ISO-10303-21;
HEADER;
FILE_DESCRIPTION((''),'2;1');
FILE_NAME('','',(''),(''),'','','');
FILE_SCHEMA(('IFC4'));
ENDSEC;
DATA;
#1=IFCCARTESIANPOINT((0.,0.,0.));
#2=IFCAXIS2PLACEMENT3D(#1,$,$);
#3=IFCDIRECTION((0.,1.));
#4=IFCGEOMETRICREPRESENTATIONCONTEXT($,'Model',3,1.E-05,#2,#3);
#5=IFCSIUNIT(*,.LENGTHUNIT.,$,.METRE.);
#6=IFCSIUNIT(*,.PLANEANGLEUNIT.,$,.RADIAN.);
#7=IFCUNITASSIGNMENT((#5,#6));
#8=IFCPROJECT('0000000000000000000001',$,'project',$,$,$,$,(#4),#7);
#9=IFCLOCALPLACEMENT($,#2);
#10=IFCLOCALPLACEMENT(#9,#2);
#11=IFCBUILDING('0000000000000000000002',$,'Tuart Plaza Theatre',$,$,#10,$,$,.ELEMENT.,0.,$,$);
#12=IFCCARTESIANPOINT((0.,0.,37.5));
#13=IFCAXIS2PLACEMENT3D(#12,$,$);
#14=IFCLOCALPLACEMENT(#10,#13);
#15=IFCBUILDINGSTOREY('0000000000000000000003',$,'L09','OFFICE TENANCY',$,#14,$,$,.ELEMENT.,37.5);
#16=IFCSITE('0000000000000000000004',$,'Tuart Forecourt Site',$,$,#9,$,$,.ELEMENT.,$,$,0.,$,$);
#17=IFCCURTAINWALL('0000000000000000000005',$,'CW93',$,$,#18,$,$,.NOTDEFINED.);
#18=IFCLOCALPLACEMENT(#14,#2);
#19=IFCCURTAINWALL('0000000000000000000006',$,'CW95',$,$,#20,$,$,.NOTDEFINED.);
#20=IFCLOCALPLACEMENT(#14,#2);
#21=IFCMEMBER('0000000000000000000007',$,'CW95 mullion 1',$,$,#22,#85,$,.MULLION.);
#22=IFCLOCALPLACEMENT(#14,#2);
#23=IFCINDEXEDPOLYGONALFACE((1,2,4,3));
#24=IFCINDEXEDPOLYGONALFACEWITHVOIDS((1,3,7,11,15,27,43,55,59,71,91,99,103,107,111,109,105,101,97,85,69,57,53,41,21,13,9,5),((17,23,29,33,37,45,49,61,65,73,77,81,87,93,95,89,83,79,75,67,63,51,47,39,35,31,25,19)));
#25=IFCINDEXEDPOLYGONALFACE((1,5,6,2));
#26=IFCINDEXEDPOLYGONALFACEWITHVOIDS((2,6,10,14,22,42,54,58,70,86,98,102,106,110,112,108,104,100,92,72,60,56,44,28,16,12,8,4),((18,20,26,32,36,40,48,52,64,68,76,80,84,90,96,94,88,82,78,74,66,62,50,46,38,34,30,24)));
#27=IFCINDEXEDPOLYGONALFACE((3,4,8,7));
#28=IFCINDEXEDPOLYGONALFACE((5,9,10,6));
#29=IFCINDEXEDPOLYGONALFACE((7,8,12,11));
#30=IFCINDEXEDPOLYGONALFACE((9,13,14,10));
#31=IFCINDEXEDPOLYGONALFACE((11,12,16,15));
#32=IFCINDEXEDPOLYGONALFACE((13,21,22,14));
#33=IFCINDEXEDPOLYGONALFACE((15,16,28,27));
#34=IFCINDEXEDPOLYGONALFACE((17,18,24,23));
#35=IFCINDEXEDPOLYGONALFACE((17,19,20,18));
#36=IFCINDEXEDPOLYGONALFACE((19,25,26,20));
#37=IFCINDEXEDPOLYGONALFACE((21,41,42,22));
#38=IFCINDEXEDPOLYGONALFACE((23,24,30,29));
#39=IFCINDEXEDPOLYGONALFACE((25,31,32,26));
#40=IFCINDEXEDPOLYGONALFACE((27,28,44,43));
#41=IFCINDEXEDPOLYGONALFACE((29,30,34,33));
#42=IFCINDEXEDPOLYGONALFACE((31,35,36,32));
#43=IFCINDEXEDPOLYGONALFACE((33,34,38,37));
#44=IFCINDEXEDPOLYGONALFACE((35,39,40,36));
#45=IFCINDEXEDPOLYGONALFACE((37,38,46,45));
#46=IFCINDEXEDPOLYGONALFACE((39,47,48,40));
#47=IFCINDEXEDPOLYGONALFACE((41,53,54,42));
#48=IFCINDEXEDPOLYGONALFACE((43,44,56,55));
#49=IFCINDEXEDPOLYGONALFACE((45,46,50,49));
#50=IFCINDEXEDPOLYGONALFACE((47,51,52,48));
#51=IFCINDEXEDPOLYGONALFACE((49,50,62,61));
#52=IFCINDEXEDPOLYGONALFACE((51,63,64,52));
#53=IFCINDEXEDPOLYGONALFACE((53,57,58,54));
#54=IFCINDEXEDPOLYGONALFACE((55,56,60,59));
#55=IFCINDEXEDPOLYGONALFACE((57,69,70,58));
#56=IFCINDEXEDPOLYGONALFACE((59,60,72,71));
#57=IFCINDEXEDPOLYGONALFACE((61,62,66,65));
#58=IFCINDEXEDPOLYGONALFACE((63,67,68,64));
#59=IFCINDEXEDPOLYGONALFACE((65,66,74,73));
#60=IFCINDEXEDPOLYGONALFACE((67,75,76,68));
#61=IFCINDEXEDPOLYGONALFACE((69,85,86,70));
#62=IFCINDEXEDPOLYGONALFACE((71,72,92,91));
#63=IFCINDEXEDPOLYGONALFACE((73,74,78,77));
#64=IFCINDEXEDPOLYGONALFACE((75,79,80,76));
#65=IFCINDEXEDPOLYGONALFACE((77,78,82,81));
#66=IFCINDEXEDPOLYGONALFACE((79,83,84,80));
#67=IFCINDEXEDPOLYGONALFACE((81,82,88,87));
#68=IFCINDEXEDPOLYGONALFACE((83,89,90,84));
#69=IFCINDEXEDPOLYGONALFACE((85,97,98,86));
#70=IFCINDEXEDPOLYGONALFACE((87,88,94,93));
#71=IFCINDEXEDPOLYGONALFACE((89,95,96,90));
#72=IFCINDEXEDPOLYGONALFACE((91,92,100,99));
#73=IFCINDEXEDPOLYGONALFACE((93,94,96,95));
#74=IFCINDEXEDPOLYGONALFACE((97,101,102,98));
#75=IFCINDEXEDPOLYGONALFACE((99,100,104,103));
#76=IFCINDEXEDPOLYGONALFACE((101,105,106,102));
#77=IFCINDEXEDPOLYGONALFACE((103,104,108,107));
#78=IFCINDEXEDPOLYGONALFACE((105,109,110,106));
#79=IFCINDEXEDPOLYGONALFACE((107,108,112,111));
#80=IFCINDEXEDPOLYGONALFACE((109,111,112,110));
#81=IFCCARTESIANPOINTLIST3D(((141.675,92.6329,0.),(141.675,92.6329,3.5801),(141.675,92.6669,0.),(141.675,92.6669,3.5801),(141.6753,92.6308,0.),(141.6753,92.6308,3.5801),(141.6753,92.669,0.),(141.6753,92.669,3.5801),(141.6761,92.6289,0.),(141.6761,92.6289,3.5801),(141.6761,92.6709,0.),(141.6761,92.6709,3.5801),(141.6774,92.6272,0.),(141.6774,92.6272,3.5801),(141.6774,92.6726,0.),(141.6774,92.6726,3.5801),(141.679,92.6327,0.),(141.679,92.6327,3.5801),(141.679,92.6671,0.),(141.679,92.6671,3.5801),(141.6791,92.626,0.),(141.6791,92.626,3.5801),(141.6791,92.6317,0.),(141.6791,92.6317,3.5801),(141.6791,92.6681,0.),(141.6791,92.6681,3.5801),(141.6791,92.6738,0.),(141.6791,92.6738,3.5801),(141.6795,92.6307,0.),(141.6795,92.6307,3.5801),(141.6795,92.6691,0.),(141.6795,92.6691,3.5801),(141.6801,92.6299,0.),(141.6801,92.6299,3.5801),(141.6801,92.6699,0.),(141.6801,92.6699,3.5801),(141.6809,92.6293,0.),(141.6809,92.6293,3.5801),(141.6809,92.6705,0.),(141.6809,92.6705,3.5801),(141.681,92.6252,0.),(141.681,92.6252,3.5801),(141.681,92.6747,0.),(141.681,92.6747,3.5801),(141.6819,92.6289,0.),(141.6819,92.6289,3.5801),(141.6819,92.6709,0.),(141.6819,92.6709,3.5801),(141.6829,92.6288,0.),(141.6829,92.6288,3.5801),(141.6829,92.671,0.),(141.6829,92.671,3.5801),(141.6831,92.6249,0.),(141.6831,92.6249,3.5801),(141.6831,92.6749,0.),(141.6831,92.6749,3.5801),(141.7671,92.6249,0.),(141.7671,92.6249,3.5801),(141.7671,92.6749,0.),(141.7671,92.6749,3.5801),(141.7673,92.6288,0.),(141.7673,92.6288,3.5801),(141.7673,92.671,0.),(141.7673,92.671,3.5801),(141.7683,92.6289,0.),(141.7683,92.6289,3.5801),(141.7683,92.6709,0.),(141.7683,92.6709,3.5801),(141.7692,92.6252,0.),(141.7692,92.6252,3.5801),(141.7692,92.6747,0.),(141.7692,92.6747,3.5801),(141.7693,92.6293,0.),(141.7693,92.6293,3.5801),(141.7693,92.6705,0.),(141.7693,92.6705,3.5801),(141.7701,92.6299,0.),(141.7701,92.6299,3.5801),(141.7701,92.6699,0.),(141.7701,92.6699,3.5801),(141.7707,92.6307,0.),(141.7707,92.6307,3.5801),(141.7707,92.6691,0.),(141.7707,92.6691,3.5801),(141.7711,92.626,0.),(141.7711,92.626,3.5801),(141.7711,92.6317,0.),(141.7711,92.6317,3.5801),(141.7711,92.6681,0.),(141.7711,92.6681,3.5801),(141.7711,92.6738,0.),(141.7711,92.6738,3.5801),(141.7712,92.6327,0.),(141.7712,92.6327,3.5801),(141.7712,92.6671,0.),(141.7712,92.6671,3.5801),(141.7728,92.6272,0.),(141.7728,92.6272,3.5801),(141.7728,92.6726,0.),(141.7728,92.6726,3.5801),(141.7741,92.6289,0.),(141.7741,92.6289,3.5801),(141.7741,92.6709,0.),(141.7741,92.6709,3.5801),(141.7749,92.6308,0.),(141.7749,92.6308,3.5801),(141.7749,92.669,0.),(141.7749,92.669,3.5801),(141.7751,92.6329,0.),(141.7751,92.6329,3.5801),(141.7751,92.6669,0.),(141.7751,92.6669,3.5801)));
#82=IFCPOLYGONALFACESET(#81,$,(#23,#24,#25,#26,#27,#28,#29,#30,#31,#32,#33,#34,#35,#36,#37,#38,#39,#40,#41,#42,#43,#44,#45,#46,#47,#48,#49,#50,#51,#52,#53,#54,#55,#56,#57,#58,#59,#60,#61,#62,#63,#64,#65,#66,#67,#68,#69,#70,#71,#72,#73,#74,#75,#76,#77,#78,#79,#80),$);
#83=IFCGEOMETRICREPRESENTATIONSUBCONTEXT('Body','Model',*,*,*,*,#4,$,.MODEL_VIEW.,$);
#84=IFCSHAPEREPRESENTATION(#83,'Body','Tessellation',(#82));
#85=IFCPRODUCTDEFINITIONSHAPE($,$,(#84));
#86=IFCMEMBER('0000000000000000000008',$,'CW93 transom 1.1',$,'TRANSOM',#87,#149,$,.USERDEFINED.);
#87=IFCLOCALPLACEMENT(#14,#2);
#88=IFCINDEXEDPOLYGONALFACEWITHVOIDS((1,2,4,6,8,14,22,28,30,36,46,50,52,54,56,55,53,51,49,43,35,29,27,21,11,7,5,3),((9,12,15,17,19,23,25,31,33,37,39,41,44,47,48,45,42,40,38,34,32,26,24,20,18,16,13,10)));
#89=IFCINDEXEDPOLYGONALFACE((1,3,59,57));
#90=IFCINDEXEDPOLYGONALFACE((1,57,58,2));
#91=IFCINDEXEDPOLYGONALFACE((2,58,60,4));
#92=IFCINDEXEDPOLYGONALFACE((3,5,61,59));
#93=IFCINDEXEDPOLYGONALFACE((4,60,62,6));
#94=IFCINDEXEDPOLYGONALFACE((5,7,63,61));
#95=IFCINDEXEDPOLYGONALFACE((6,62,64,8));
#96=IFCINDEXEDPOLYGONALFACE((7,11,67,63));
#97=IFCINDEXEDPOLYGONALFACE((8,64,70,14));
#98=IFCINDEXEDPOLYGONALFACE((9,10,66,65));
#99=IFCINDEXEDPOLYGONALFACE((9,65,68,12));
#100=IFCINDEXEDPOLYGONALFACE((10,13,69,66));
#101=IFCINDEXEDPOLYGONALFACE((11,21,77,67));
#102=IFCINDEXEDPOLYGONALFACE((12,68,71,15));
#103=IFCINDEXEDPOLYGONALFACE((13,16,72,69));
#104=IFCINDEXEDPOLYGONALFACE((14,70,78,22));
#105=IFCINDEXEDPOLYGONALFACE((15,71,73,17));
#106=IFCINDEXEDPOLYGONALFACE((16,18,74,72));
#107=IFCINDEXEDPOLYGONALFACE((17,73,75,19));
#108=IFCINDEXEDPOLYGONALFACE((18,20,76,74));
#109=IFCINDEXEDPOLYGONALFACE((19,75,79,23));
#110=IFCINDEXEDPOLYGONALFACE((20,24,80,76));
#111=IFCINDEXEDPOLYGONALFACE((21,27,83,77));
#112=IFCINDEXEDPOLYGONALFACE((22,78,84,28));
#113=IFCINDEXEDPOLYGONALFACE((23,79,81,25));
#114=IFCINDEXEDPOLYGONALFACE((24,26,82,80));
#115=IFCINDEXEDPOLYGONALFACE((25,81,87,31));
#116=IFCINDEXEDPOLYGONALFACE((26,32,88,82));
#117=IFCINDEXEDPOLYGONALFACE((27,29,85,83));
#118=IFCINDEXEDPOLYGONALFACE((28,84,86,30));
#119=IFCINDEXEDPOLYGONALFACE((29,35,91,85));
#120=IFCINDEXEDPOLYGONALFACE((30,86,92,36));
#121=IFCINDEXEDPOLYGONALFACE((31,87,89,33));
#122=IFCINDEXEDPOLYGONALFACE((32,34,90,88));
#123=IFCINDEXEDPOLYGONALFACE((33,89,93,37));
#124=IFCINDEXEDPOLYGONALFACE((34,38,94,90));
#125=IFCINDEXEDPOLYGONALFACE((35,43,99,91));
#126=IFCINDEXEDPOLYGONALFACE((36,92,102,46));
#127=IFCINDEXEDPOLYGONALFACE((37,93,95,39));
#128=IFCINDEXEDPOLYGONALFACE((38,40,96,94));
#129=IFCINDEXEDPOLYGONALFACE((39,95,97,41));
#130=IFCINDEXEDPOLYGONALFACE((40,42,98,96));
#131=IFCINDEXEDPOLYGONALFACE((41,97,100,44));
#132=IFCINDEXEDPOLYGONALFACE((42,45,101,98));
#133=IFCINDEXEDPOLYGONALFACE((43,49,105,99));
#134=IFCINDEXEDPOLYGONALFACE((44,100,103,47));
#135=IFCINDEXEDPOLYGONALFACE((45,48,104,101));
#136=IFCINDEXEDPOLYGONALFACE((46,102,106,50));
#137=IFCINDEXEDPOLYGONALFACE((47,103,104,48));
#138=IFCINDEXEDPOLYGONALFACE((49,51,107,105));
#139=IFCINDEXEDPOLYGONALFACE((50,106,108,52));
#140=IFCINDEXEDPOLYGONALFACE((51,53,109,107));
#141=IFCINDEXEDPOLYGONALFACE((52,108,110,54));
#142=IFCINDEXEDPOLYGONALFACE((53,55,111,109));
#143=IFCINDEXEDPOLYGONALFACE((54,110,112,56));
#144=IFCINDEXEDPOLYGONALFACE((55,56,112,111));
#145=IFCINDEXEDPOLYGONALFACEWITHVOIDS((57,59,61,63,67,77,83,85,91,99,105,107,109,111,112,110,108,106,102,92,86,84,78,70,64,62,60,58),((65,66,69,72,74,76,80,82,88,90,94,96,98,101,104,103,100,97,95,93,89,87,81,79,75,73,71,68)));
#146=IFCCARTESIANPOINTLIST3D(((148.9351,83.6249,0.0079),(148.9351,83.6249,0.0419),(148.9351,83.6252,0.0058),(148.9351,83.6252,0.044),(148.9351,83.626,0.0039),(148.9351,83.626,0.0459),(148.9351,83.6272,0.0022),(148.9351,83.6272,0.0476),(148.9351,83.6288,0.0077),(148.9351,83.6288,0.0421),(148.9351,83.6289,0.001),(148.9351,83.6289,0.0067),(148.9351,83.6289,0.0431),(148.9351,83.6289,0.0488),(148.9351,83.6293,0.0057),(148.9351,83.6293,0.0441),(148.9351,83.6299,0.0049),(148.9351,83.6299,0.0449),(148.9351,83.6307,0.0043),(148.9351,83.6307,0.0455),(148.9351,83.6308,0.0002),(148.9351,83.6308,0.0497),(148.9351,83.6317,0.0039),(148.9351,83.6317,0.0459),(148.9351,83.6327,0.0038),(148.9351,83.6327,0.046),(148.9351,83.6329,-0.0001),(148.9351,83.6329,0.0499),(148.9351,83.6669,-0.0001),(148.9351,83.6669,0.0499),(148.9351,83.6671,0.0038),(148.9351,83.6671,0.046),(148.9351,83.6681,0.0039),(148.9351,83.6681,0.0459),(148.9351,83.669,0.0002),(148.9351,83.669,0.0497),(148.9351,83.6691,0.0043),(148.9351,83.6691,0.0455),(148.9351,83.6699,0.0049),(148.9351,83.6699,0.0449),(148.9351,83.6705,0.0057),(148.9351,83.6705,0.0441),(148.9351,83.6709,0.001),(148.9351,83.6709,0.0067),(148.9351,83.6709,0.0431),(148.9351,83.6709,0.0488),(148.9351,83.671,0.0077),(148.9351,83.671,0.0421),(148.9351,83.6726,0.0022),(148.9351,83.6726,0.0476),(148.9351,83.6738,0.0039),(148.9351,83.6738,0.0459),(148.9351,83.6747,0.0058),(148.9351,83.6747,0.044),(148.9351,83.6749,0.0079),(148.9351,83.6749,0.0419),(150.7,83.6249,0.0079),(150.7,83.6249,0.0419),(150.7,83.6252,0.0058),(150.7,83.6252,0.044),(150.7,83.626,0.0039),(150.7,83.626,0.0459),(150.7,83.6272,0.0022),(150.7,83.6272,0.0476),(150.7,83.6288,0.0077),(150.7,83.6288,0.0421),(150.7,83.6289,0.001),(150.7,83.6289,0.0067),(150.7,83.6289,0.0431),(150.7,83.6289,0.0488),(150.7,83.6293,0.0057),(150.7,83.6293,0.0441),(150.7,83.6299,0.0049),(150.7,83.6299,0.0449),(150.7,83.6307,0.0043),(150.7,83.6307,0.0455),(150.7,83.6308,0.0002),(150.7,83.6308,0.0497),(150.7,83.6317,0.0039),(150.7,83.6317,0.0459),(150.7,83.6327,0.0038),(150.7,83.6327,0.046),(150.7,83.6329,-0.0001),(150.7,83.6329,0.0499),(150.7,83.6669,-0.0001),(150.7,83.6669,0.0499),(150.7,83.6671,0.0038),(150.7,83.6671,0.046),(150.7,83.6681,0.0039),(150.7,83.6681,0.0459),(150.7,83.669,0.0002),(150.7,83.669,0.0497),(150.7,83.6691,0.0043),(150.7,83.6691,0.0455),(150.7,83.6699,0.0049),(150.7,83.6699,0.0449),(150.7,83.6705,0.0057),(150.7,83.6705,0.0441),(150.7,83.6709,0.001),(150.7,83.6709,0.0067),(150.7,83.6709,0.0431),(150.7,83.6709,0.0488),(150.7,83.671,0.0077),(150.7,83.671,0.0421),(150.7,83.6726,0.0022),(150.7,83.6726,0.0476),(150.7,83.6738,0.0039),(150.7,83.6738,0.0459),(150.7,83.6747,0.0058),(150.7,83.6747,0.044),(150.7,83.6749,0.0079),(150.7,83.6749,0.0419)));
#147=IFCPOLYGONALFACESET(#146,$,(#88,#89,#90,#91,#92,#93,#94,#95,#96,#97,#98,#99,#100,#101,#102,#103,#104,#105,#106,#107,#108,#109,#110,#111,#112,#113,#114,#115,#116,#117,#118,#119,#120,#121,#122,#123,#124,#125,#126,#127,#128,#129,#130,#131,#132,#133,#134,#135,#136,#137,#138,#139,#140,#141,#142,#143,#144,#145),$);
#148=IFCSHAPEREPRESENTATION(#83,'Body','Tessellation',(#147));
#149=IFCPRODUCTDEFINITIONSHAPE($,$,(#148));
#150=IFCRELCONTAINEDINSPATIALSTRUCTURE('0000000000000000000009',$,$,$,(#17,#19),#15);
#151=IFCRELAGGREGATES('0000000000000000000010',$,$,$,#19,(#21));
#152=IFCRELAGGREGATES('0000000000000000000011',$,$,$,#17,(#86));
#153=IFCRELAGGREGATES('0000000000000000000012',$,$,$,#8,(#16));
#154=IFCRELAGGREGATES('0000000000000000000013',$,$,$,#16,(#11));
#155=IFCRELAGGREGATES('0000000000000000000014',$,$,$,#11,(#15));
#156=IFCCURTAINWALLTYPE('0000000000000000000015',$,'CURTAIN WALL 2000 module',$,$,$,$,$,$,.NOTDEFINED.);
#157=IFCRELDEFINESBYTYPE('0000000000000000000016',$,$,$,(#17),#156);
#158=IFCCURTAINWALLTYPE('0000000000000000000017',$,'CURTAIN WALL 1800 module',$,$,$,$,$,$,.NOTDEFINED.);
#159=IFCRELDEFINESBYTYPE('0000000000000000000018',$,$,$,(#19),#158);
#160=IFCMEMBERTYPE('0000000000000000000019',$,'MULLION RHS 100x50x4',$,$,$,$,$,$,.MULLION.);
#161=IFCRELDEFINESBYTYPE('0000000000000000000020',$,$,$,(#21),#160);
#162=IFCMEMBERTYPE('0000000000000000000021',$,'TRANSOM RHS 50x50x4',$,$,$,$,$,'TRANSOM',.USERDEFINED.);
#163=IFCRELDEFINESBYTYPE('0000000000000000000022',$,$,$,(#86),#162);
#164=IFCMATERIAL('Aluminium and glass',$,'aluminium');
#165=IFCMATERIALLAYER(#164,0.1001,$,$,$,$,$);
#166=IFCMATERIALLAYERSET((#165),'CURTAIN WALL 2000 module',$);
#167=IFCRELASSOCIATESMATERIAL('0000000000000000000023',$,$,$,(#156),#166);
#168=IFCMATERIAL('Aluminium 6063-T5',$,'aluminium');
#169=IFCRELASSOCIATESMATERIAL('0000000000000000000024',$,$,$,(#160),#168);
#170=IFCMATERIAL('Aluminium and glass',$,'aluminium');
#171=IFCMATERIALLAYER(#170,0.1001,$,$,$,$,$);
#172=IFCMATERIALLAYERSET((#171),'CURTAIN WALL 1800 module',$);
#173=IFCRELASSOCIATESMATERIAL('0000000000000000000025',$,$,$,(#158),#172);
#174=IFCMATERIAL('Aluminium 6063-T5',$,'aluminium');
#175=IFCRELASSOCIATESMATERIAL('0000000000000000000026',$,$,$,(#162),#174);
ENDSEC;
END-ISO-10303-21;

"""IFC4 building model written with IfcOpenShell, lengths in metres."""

from ifc_helpers import new_model, si_unit, direction, frame, origin, origin_2d, place, context, subcontext, project, spatial, hollow_rectangle, extrude, material, layer, layer_set, material_profile, profile_set, type_object, element, aggregate, save


model = new_model("IFC4")

# Units and contexts
model_context = context("Model", 3, precision=1e-05, world=origin(), true_north=direction((0.0, 1.0)))
body_context = subcontext(model_context, "Body", "Model", "MODEL_VIEW")
ifc_project = project(units=[si_unit("LENGTHUNIT", "METRE"), si_unit("PLANEANGLEUNIT", "RADIAN")], contexts=[model_context])

# Site, building, storey
site_placement = place(None, origin())
site = spatial("IfcSite", under=ifc_project, at=site_placement, Name="Tuart Forecourt Site", CompositionType="ELEMENT", RefElevation=0.0)
building_placement = place(site_placement, origin())
building = spatial("IfcBuilding", under=site, at=building_placement, Name="Tuart Plaza Theatre", CompositionType="ELEMENT", ElevationOfRefHeight=0.0)
storey_placement = place(building_placement, frame((0.0, 0.0, 37.5)))
storey = spatial("IfcBuildingStorey", under=building, at=storey_placement, Name="L09", Description="OFFICE TENANCY", CompositionType="ELEMENT", Elevation=37.5)

# Curtain wall
ifc_material_1 = material(Name="Aluminium and glass", Category="aluminium")
ifc_layer_1 = layer(ifc_material_1, 0.1001)
ifc_layer_set_1 = layer_set([ifc_layer_1], Name="CURTAIN WALL 2000 module")
curtain_wall_type_1 = type_object("IfcCurtainWallType", Name="CURTAIN WALL 2000 module", PredefinedType="NOTDEFINED", material=ifc_layer_set_1)
curtain_wall_1_placement = place(storey_placement, origin())
curtain_wall_1 = element("IfcCurtainWall", 1, at=curtain_wall_1_placement, inside=storey, type_object=curtain_wall_type_1, Name="CW93", PredefinedType="NOTDEFINED")
ifc_material_2 = material(Name="Aluminium 6063-T5", Category="aluminium")
ifc_material_profile_1 = material_profile(ifc_material_2, hollow_rectangle(XDim=0.05, YDim=0.1001, WallThickness=0.0039, InnerFilletRadius=0.0039, OuterFilletRadius=0.0081, at=origin_2d()), Name="RHS 100x50x4")
ifc_profile_set_1 = profile_set([ifc_material_profile_1], Name="Aluminium 6063-T5")
member_type_1 = type_object("IfcMemberType", Name="MULLION RHS 100x50x4", PredefinedType="MULLION", material=ifc_profile_set_1)

# Curtain wall, member
ifc_material_3 = material(Name="Aluminium and glass", Category="aluminium")
ifc_layer_2 = layer(ifc_material_3, 0.1001)
ifc_layer_set_2 = layer_set([ifc_layer_2], Name="CURTAIN WALL 1800 module")
curtain_wall_type_2 = type_object("IfcCurtainWallType", Name="CURTAIN WALL 1800 module", PredefinedType="NOTDEFINED", material=ifc_layer_set_2)
curtain_wall_2_placement = place(storey_placement, origin())
curtain_wall_2 = element("IfcCurtainWall", 2, at=curtain_wall_2_placement, inside=storey, type_object=curtain_wall_type_2, Name="CW95", PredefinedType="NOTDEFINED")
member_1_placement = place(storey_placement, frame((141.7251, 92.6499, 0.0), z_axis=(0.0, 0.0, 1.0), x_axis=(0.0, -1.0, 0.0)))
member_1 = element("IfcMember", 3, at=member_1_placement, type_object=member_type_1, Name="CW95 mullion 1", PredefinedType="MULLION", context=body_context, shape_type="SweptSolid", body=[
    extrude(hollow_rectangle(XDim=0.05, YDim=0.1001, WallThickness=0.0039, InnerFilletRadius=0.0039, OuterFilletRadius=0.0081, at=origin_2d()), origin(), (0.0, 0.0, 1.0), 3.5801),
])

# Member
ifc_material_4 = material(Name="Aluminium 6063-T5", Category="aluminium")
ifc_material_profile_2 = material_profile(ifc_material_4, hollow_rectangle(XDim=0.05, YDim=0.05, WallThickness=0.0039, InnerFilletRadius=0.0039, OuterFilletRadius=0.0081, at=origin_2d()), Name="RHS 50x50x4")
ifc_profile_set_2 = profile_set([ifc_material_profile_2], Name="Aluminium 6063-T5")
member_type_2 = type_object("IfcMemberType", Name="TRANSOM RHS 50x50x4", ElementType="TRANSOM", PredefinedType="USERDEFINED", material=ifc_profile_set_2)
member_2_placement = place(storey_placement, frame((150.7, 83.6499, 0.0249), z_axis=(-1.0, 0.0, 0.0), x_axis=(0.0, -1.0, 0.0)))
member_2 = element("IfcMember", 4, at=member_2_placement, type_object=member_type_2, Name="CW93 transom 1.1", ObjectType="TRANSOM", PredefinedType="USERDEFINED", context=body_context, shape_type="SweptSolid", body=[
    extrude(hollow_rectangle(XDim=0.05, YDim=0.05, WallThickness=0.0039, InnerFilletRadius=0.0039, OuterFilletRadius=0.0081, at=origin_2d()), origin(), (0.0, 0.0, 1.0), 1.7649),
])
aggregate(curtain_wall_2, [member_1])

aggregate(curtain_wall_1, [member_2])

save(model, "model.ifc")
